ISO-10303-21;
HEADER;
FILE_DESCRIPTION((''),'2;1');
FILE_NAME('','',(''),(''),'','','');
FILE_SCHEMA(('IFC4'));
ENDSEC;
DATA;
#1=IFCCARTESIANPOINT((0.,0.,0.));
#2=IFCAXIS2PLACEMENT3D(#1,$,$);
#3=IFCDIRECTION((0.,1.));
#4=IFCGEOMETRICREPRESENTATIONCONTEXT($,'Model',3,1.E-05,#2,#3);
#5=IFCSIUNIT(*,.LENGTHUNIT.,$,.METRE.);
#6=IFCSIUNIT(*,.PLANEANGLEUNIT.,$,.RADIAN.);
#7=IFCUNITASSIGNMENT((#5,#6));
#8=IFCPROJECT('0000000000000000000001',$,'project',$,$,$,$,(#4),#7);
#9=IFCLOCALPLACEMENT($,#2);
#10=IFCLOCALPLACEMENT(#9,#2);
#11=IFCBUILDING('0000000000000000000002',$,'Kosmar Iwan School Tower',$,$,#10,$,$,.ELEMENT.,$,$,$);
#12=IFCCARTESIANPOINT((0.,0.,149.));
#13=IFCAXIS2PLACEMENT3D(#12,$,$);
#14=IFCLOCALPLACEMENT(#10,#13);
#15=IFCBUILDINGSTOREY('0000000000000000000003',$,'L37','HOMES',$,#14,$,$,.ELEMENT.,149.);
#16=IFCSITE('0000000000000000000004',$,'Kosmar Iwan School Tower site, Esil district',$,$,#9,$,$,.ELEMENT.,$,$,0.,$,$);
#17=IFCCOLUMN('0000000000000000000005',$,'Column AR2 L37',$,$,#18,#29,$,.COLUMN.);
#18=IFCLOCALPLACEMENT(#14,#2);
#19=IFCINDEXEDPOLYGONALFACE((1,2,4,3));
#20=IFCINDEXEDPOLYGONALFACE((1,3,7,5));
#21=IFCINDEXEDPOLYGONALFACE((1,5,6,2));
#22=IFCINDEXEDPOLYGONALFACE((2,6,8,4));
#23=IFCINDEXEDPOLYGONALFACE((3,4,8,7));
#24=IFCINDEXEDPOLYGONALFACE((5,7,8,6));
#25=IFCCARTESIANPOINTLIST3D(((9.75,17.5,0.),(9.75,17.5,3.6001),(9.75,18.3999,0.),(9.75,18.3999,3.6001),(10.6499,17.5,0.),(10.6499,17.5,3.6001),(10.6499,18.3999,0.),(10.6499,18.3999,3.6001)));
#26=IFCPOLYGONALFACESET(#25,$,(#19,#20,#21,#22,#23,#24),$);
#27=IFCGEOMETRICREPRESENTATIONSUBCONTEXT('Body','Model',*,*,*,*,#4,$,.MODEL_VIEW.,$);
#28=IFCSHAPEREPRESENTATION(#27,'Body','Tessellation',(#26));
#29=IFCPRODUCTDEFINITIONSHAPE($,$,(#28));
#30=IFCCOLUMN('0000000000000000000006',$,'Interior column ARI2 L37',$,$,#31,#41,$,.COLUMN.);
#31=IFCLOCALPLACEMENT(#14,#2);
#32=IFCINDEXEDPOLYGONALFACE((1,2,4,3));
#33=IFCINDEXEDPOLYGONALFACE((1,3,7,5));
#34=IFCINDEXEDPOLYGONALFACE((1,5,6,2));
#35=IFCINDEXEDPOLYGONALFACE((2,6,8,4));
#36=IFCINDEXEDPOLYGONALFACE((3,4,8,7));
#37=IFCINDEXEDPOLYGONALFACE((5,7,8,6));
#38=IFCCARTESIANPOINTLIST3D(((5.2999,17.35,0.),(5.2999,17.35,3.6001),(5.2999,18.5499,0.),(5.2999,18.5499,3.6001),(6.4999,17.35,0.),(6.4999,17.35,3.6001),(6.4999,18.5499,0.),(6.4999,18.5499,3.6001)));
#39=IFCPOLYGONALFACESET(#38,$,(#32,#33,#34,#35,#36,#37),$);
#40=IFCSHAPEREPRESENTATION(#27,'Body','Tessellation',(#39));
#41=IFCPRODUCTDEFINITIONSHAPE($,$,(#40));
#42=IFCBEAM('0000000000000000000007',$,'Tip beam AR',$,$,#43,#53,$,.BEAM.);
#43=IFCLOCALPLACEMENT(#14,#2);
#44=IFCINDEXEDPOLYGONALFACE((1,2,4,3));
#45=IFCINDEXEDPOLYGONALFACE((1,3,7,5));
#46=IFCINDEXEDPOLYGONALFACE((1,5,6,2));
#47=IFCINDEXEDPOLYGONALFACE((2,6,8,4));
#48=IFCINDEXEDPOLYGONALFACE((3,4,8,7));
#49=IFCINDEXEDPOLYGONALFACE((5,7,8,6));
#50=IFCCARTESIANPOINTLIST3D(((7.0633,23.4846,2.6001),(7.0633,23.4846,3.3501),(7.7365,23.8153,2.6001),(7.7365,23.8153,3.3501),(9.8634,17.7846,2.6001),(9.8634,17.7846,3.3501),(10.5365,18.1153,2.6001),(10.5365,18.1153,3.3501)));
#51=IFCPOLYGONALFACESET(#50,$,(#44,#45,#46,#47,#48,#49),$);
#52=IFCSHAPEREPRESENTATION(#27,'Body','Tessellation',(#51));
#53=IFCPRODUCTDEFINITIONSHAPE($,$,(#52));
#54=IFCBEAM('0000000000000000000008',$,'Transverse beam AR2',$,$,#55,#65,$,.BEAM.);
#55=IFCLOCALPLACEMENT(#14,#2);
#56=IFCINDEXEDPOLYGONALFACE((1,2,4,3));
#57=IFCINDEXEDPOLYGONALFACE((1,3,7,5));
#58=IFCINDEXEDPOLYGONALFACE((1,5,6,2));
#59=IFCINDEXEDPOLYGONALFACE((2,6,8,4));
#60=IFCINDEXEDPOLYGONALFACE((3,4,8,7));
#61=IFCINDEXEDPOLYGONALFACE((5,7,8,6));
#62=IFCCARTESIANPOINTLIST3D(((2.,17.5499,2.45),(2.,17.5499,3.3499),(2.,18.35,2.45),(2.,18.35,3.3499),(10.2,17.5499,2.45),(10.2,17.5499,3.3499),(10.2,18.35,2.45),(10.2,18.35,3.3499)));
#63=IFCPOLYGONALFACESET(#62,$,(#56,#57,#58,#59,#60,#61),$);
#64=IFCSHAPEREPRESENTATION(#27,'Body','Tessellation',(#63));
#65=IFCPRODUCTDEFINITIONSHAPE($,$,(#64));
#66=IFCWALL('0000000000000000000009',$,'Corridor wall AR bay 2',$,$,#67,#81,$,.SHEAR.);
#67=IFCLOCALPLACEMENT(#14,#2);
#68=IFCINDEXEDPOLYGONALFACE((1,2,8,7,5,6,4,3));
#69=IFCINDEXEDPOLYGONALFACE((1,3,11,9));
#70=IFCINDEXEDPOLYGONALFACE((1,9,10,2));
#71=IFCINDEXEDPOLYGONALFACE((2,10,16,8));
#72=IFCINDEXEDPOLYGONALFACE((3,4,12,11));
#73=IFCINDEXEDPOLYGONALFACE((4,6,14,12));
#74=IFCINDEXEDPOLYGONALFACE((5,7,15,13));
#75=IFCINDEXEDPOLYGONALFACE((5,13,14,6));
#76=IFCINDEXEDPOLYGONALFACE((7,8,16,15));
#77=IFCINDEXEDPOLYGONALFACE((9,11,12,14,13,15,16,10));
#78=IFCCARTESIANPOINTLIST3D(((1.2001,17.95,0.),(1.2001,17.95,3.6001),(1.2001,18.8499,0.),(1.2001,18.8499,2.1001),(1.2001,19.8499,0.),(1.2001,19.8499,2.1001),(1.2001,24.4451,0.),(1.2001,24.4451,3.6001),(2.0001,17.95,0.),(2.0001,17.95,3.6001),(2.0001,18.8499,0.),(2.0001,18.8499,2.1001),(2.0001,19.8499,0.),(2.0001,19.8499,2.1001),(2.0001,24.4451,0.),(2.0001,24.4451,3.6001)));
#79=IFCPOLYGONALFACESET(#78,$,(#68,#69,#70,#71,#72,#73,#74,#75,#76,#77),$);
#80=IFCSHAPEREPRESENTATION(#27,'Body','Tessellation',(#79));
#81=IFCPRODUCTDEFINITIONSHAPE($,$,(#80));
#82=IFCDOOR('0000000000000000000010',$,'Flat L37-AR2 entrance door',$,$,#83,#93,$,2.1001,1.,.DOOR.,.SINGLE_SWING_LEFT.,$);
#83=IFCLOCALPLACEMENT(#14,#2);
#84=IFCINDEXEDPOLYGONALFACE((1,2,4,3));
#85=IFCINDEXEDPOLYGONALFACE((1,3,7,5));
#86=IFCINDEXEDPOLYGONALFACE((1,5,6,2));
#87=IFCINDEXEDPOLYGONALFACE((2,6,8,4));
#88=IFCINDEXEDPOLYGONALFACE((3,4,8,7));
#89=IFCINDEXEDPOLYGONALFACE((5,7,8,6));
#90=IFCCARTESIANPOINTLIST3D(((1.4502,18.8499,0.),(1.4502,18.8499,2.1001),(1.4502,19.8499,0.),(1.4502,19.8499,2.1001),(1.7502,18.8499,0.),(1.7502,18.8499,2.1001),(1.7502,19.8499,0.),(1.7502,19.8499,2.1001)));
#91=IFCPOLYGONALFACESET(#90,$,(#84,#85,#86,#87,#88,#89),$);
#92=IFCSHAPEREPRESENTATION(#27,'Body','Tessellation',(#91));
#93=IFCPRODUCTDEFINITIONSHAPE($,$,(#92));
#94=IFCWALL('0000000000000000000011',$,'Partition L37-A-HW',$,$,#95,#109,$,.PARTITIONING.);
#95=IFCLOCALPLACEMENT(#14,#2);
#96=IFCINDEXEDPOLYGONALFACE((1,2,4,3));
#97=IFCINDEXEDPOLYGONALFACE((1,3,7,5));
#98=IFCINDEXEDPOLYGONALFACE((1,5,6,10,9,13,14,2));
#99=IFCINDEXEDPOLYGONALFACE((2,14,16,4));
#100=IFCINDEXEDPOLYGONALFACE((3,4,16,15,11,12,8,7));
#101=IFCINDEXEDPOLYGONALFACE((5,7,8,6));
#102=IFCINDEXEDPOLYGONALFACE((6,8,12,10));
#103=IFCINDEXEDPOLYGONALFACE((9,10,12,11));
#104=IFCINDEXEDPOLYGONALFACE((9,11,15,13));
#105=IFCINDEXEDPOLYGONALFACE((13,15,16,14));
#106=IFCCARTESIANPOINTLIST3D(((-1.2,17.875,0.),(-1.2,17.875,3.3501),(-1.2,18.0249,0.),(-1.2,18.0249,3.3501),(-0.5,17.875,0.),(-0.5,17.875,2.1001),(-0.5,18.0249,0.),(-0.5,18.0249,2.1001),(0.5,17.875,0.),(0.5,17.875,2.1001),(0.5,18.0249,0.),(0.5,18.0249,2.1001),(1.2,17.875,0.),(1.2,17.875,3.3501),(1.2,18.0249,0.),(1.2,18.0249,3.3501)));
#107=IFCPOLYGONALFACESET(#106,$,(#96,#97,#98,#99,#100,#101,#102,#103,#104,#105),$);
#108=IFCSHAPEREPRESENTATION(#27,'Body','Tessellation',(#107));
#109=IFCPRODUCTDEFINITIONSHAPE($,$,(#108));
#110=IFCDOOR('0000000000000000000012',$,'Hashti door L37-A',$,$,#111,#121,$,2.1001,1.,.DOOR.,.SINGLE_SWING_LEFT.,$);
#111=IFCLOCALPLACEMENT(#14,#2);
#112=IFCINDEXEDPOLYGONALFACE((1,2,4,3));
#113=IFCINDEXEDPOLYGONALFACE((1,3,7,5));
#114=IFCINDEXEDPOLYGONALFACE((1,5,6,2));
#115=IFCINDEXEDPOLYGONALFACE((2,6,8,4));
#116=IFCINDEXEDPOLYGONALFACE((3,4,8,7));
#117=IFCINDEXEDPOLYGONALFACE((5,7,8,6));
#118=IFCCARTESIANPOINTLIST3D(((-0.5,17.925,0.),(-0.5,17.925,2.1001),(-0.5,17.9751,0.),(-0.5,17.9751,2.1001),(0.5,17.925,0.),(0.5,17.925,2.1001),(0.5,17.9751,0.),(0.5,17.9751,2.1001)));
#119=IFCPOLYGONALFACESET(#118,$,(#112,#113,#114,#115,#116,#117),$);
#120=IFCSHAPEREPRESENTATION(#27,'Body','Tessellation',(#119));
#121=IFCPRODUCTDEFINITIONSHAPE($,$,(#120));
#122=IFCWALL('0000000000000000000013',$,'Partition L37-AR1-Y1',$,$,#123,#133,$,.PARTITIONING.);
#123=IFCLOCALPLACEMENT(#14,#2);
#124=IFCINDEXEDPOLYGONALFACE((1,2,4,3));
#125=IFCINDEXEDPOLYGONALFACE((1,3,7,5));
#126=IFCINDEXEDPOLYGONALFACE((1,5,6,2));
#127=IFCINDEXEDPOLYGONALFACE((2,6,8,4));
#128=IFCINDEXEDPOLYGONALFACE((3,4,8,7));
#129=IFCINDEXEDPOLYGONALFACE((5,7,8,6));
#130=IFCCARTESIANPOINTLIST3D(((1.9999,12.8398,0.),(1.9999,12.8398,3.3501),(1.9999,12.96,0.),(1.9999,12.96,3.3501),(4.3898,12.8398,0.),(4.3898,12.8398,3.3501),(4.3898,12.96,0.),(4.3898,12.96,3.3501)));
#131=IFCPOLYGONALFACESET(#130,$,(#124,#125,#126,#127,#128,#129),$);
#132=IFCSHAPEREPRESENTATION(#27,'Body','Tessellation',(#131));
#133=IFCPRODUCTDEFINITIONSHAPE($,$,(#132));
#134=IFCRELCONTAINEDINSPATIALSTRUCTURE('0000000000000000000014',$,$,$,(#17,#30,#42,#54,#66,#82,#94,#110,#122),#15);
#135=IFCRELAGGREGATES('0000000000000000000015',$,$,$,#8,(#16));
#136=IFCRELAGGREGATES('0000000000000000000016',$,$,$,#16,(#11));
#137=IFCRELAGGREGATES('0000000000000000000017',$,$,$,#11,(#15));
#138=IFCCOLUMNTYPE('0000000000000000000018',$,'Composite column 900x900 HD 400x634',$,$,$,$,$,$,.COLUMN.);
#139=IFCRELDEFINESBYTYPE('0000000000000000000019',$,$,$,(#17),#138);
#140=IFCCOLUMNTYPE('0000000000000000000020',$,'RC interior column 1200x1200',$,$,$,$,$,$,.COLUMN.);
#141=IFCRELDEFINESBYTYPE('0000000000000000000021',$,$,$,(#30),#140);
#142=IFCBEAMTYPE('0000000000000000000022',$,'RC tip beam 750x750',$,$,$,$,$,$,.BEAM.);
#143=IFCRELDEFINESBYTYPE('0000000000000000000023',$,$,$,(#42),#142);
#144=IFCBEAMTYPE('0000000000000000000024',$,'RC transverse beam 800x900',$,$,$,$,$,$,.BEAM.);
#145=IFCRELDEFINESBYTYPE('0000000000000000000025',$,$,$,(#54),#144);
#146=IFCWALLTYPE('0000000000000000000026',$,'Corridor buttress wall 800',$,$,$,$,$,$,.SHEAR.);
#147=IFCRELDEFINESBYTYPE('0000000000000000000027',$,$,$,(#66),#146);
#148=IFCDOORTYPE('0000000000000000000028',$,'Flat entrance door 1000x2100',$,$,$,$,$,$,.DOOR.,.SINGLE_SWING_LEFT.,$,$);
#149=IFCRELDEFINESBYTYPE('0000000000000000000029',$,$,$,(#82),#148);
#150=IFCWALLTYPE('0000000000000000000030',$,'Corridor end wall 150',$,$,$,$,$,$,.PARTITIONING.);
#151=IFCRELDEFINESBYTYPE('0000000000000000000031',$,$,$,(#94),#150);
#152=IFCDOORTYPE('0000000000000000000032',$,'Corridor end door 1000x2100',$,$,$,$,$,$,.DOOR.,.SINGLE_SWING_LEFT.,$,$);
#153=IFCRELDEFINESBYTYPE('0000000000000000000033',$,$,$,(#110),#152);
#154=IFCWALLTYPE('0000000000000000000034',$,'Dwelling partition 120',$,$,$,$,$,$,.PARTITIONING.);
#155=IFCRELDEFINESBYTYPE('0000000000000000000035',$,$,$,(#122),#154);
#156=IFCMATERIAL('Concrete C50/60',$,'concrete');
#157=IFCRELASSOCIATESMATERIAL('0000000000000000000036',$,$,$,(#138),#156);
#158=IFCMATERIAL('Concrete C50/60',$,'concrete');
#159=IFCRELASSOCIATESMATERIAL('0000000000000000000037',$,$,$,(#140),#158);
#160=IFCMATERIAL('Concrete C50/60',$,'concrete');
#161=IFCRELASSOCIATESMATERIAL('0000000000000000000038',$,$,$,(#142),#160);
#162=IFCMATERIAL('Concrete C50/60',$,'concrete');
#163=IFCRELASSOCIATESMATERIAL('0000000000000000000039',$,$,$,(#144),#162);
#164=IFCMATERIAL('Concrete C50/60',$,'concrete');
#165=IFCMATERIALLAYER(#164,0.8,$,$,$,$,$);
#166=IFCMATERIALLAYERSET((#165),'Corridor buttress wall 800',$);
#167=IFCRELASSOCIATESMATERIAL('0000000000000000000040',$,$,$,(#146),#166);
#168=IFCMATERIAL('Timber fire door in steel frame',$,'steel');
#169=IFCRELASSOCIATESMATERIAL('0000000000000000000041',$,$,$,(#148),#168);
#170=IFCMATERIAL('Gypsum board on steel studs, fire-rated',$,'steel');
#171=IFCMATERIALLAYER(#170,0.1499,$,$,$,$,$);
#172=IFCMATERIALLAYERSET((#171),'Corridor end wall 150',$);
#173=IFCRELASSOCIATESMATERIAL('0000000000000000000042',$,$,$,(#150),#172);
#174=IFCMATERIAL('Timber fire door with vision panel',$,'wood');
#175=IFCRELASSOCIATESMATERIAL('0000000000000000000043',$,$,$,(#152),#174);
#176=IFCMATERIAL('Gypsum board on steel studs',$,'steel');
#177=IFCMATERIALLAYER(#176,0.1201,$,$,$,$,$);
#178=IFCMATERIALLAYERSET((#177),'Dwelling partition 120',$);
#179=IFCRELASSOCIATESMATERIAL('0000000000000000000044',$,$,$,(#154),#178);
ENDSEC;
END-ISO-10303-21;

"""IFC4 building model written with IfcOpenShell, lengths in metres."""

from ifc_helpers import new_model, si_unit, direction, frame, frame_2d, origin, origin_2d, place, context, subcontext, project, spatial, rectangle, extrude, material, layer, layer_set, material_profile, profile_set, type_object, element, fill, save


model = new_model("IFC4")

# Units and contexts
model_context = context("Model", 3, precision=1e-05, world=origin(), true_north=direction((0.0, 1.0)))
body_context = subcontext(model_context, "Body", "Model", "MODEL_VIEW")
ifc_project = project(units=[si_unit("LENGTHUNIT", "METRE"), si_unit("PLANEANGLEUNIT", "RADIAN")], contexts=[model_context])

# Site, building, storey
site_placement = place(None, origin())
site = spatial("IfcSite", under=ifc_project, at=site_placement, Name="Kosmar Iwan School Tower site, Esil district", CompositionType="ELEMENT", RefElevation=0.0)
building_placement = place(site_placement, origin())
building = spatial("IfcBuilding", under=site, at=building_placement, Name="Kosmar Iwan School Tower", CompositionType="ELEMENT")
storey_placement = place(building_placement, frame((0.0, 0.0, 149.0)))
storey = spatial("IfcBuildingStorey", under=building, at=storey_placement, Name="L37", Description="HOMES", CompositionType="ELEMENT", Elevation=149.0)

# Columns
ifc_material_1 = material(Name="Concrete C50/60", Category="concrete")
ifc_material_profile_1 = material_profile(ifc_material_1, rectangle(XDim=0.8999, YDim=0.8999, at=origin_2d()), Name="RC 900x900 + HD 400x634")
ifc_profile_set_1 = profile_set([ifc_material_profile_1], Name="Concrete C50/60")
column_type_1 = type_object("IfcColumnType", Name="Composite column 900x900 HD 400x634", PredefinedType="COLUMN", material=ifc_profile_set_1)
column_1_placement = place(storey_placement, frame((10.2, 17.95, 0.0), z_axis=(0.0, 0.0, 1.0), x_axis=(0.0, 1.0, 0.0)))
element("IfcColumn", 1, at=column_1_placement, inside=storey, type_object=column_type_1, Name="Column AR2 L37", PredefinedType="COLUMN", context=body_context, shape_type="SweptSolid", body=[
    extrude(rectangle(XDim=0.8999, YDim=0.8999, at=origin_2d()), origin(), (0.0, 0.0, 1.0), 3.6001),
])
ifc_material_2 = material(Name="Concrete C50/60", Category="concrete")
ifc_material_profile_2 = material_profile(ifc_material_2, rectangle(XDim=1.2, YDim=1.2, at=origin_2d()), Name="RC 1200x1200")
ifc_profile_set_2 = profile_set([ifc_material_profile_2], Name="Concrete C50/60")
column_type_2 = type_object("IfcColumnType", Name="RC interior column 1200x1200", PredefinedType="COLUMN", material=ifc_profile_set_2)
column_2_placement = place(storey_placement, frame((5.8999, 17.95, 0.0), z_axis=(0.0, 0.0, 1.0), x_axis=(0.0, 1.0, 0.0)))
element("IfcColumn", 2, at=column_2_placement, inside=storey, type_object=column_type_2, Name="Interior column ARI2 L37", PredefinedType="COLUMN", context=body_context, shape_type="SweptSolid", body=[
    extrude(rectangle(XDim=1.2, YDim=1.2, at=origin_2d()), origin(), (0.0, 0.0, 1.0), 3.6001),
])

# Beams
ifc_material_3 = material(Name="Concrete C50/60", Category="concrete")
ifc_material_profile_3 = material_profile(ifc_material_3, rectangle(XDim=0.75, YDim=0.75, at=origin_2d()), Name="RC 750x750")
ifc_profile_set_3 = profile_set([ifc_material_profile_3], Name="Concrete C50/60")
beam_type_1 = type_object("IfcBeamType", Name="RC tip beam 750x750", PredefinedType="BEAM", material=ifc_profile_set_3)
beam_1_placement = place(storey_placement, frame((10.2, 17.95, 2.9751), z_axis=(-0.440913, 0.89755, 0.0), x_axis=(-0.89755, -0.440913, 0.0)))
element("IfcBeam", 3, at=beam_1_placement, inside=storey, type_object=beam_type_1, Name="Tip beam AR", PredefinedType="BEAM", context=body_context, shape_type="SweptSolid", body=[
    extrude(rectangle(XDim=0.75, YDim=0.75, at=origin_2d()), origin(), (0.0, 0.0, 1.0), 6.3506),
])
ifc_material_4 = material(Name="Concrete C50/60", Category="concrete")
ifc_material_profile_4 = material_profile(ifc_material_4, rectangle(XDim=0.8, YDim=0.8999, at=origin_2d()), Name="RC 800x900")
ifc_profile_set_4 = profile_set([ifc_material_profile_4], Name="Concrete C50/60")
beam_type_2 = type_object("IfcBeamType", Name="RC transverse beam 800x900", PredefinedType="BEAM", material=ifc_profile_set_4)
beam_2_placement = place(storey_placement, frame((10.2, 17.95, 2.8999), z_axis=(-1.0, 0.0, 0.0), x_axis=(0.0, -1.0, 0.0)))
element("IfcBeam", 4, at=beam_2_placement, inside=storey, type_object=beam_type_2, Name="Transverse beam AR2", PredefinedType="BEAM", context=body_context, shape_type="SweptSolid", body=[
    extrude(rectangle(XDim=0.8, YDim=0.8999, at=origin_2d()), origin(), (0.0, 0.0, 1.0), 8.2),
])

# Walls, openings, doors
ifc_material_5 = material(Name="Concrete C50/60", Category="concrete")
ifc_layer_1 = layer(ifc_material_5, 0.8)
ifc_layer_set_1 = layer_set([ifc_layer_1], Name="Corridor buttress wall 800")
wall_type_1 = type_object("IfcWallType", Name="Corridor buttress wall 800", PredefinedType="SHEAR", material=ifc_layer_set_1)
wall_1_placement = place(storey_placement, frame((1.6001, 17.95, 0.0), z_axis=(0.0, 0.0, 1.0), x_axis=(0.0, 1.0, 0.0)))
wall_1 = element("IfcWall", 5, at=wall_1_placement, inside=storey, type_object=wall_type_1, Name="Corridor wall AR bay 2", PredefinedType="SHEAR", context=body_context, shape_type="SweptSolid", body=[
    extrude(rectangle(XDim=6.4951, YDim=0.8, at=frame_2d((3.2476, 0.0))), origin(), (0.0, 0.0, 1.0), 3.6001),
])
opening_1_placement = place(wall_1_placement, frame((0.8999, 0.0, 0.0)))
opening_1 = element("IfcOpeningElement", 6, at=opening_1_placement, cuts=wall_1, PredefinedType="OPENING", context=body_context, shape_type="SweptSolid", body=[
    extrude(rectangle(XDim=1.0, YDim=2.1001, at=frame_2d((0.5, 1.05))), frame((0.0, 0.4121, 0.0), z_axis=(0.0, -1.0, 0.0), x_axis=(1.0, 0.0, 0.0)), (0.0, 0.0, 1.0), 0.824),
])
ifc_material_6 = material(Name="Timber fire door in steel frame", Category="steel")
door_type_1 = type_object("IfcDoorType", Name="Flat entrance door 1000x2100", OperationType="SINGLE_SWING_LEFT", PredefinedType="DOOR", material=ifc_material_6)
door_1_placement = place(opening_1_placement, origin())
door_1 = element("IfcDoor", 7, at=door_1_placement, inside=storey, type_object=door_type_1, Name="Flat L37-AR2 entrance door", OperationType="SINGLE_SWING_LEFT", OverallHeight=2.1001, OverallWidth=1.0, PredefinedType="DOOR", context=body_context, shape_type="SweptSolid", body=[
    extrude(rectangle(XDim=1.0, YDim=2.1001, at=frame_2d((0.5, 1.05))), frame((0.0, 0.1499, 0.0), z_axis=(0.0, -1.0, 0.0), x_axis=(1.0, 0.0, 0.0)), (0.0, 0.0, 1.0), 0.3),
])
fill(opening_1, door_1)
ifc_material_7 = material(Name="Gypsum board on steel studs, fire-rated", Category="steel")
ifc_layer_2 = layer(ifc_material_7, 0.1499)
ifc_layer_set_2 = layer_set([ifc_layer_2], Name="Corridor end wall 150")
wall_type_2 = type_object("IfcWallType", Name="Corridor end wall 150", PredefinedType="PARTITIONING", material=ifc_layer_set_2)
wall_2_placement = place(storey_placement, frame((1.2, 17.95, 0.0), z_axis=(0.0, 0.0, 1.0), x_axis=(-1.0, 0.0, 0.0)))
wall_2 = element("IfcWall", 8, at=wall_2_placement, inside=storey, type_object=wall_type_2, Name="Partition L37-A-HW", PredefinedType="PARTITIONING", context=body_context, shape_type="SweptSolid", body=[
    extrude(rectangle(XDim=2.3999, YDim=0.1499, at=frame_2d((1.2, 0.0))), origin(), (0.0, 0.0, 1.0), 3.3501),
])
opening_2_placement = place(wall_2_placement, frame((0.7, 0.0, 0.0)))
opening_2 = element("IfcOpeningElement", 9, at=opening_2_placement, cuts=wall_2, PredefinedType="OPENING", context=body_context, shape_type="SweptSolid", body=[
    extrude(rectangle(XDim=1.0, YDim=2.1001, at=frame_2d((0.5, 1.05))), frame((0.0, 0.0869, 0.0), z_axis=(0.0, -1.0, 0.0), x_axis=(1.0, 0.0, 0.0)), (0.0, 0.0, 1.0), 0.1738),
])
ifc_material_8 = material(Name="Timber fire door with vision panel", Category="wood")
door_type_2 = type_object("IfcDoorType", Name="Corridor end door 1000x2100", OperationType="SINGLE_SWING_LEFT", PredefinedType="DOOR", material=ifc_material_8)
door_2_placement = place(opening_2_placement, origin())
door_2 = element("IfcDoor", 10, at=door_2_placement, inside=storey, type_object=door_type_2, Name="Hashti door L37-A", OperationType="SINGLE_SWING_LEFT", OverallHeight=2.1001, OverallWidth=1.0, PredefinedType="DOOR", context=body_context, shape_type="SweptSolid", body=[
    extrude(rectangle(XDim=1.0, YDim=2.1001, at=frame_2d((0.5, 1.05))), frame((0.0, 0.0249, 0.0), z_axis=(0.0, -1.0, 0.0), x_axis=(1.0, 0.0, 0.0)), (0.0, 0.0, 1.0), 0.05),
])
fill(opening_2, door_2)

# Wall
ifc_material_9 = material(Name="Gypsum board on steel studs", Category="steel")
ifc_layer_3 = layer(ifc_material_9, 0.1201)
ifc_layer_set_3 = layer_set([ifc_layer_3], Name="Dwelling partition 120")
wall_type_3 = type_object("IfcWallType", Name="Dwelling partition 120", PredefinedType="PARTITIONING", material=ifc_layer_set_3)
wall_3_placement = place(storey_placement, frame((2.0, 12.8999, 0.0), z_axis=(0.0, 0.0, 1.0), x_axis=(1.0, 0.0, 0.0)))
element("IfcWall", 11, at=wall_3_placement, inside=storey, type_object=wall_type_3, Name="Partition L37-AR1-Y1", PredefinedType="PARTITIONING", context=body_context, shape_type="SweptSolid", body=[
    extrude(rectangle(XDim=2.3899, YDim=0.1201, at=frame_2d((1.1948, 0.0))), origin(), (0.0, 0.0, 1.0), 3.3501),
])

save(model, "model.ifc")
